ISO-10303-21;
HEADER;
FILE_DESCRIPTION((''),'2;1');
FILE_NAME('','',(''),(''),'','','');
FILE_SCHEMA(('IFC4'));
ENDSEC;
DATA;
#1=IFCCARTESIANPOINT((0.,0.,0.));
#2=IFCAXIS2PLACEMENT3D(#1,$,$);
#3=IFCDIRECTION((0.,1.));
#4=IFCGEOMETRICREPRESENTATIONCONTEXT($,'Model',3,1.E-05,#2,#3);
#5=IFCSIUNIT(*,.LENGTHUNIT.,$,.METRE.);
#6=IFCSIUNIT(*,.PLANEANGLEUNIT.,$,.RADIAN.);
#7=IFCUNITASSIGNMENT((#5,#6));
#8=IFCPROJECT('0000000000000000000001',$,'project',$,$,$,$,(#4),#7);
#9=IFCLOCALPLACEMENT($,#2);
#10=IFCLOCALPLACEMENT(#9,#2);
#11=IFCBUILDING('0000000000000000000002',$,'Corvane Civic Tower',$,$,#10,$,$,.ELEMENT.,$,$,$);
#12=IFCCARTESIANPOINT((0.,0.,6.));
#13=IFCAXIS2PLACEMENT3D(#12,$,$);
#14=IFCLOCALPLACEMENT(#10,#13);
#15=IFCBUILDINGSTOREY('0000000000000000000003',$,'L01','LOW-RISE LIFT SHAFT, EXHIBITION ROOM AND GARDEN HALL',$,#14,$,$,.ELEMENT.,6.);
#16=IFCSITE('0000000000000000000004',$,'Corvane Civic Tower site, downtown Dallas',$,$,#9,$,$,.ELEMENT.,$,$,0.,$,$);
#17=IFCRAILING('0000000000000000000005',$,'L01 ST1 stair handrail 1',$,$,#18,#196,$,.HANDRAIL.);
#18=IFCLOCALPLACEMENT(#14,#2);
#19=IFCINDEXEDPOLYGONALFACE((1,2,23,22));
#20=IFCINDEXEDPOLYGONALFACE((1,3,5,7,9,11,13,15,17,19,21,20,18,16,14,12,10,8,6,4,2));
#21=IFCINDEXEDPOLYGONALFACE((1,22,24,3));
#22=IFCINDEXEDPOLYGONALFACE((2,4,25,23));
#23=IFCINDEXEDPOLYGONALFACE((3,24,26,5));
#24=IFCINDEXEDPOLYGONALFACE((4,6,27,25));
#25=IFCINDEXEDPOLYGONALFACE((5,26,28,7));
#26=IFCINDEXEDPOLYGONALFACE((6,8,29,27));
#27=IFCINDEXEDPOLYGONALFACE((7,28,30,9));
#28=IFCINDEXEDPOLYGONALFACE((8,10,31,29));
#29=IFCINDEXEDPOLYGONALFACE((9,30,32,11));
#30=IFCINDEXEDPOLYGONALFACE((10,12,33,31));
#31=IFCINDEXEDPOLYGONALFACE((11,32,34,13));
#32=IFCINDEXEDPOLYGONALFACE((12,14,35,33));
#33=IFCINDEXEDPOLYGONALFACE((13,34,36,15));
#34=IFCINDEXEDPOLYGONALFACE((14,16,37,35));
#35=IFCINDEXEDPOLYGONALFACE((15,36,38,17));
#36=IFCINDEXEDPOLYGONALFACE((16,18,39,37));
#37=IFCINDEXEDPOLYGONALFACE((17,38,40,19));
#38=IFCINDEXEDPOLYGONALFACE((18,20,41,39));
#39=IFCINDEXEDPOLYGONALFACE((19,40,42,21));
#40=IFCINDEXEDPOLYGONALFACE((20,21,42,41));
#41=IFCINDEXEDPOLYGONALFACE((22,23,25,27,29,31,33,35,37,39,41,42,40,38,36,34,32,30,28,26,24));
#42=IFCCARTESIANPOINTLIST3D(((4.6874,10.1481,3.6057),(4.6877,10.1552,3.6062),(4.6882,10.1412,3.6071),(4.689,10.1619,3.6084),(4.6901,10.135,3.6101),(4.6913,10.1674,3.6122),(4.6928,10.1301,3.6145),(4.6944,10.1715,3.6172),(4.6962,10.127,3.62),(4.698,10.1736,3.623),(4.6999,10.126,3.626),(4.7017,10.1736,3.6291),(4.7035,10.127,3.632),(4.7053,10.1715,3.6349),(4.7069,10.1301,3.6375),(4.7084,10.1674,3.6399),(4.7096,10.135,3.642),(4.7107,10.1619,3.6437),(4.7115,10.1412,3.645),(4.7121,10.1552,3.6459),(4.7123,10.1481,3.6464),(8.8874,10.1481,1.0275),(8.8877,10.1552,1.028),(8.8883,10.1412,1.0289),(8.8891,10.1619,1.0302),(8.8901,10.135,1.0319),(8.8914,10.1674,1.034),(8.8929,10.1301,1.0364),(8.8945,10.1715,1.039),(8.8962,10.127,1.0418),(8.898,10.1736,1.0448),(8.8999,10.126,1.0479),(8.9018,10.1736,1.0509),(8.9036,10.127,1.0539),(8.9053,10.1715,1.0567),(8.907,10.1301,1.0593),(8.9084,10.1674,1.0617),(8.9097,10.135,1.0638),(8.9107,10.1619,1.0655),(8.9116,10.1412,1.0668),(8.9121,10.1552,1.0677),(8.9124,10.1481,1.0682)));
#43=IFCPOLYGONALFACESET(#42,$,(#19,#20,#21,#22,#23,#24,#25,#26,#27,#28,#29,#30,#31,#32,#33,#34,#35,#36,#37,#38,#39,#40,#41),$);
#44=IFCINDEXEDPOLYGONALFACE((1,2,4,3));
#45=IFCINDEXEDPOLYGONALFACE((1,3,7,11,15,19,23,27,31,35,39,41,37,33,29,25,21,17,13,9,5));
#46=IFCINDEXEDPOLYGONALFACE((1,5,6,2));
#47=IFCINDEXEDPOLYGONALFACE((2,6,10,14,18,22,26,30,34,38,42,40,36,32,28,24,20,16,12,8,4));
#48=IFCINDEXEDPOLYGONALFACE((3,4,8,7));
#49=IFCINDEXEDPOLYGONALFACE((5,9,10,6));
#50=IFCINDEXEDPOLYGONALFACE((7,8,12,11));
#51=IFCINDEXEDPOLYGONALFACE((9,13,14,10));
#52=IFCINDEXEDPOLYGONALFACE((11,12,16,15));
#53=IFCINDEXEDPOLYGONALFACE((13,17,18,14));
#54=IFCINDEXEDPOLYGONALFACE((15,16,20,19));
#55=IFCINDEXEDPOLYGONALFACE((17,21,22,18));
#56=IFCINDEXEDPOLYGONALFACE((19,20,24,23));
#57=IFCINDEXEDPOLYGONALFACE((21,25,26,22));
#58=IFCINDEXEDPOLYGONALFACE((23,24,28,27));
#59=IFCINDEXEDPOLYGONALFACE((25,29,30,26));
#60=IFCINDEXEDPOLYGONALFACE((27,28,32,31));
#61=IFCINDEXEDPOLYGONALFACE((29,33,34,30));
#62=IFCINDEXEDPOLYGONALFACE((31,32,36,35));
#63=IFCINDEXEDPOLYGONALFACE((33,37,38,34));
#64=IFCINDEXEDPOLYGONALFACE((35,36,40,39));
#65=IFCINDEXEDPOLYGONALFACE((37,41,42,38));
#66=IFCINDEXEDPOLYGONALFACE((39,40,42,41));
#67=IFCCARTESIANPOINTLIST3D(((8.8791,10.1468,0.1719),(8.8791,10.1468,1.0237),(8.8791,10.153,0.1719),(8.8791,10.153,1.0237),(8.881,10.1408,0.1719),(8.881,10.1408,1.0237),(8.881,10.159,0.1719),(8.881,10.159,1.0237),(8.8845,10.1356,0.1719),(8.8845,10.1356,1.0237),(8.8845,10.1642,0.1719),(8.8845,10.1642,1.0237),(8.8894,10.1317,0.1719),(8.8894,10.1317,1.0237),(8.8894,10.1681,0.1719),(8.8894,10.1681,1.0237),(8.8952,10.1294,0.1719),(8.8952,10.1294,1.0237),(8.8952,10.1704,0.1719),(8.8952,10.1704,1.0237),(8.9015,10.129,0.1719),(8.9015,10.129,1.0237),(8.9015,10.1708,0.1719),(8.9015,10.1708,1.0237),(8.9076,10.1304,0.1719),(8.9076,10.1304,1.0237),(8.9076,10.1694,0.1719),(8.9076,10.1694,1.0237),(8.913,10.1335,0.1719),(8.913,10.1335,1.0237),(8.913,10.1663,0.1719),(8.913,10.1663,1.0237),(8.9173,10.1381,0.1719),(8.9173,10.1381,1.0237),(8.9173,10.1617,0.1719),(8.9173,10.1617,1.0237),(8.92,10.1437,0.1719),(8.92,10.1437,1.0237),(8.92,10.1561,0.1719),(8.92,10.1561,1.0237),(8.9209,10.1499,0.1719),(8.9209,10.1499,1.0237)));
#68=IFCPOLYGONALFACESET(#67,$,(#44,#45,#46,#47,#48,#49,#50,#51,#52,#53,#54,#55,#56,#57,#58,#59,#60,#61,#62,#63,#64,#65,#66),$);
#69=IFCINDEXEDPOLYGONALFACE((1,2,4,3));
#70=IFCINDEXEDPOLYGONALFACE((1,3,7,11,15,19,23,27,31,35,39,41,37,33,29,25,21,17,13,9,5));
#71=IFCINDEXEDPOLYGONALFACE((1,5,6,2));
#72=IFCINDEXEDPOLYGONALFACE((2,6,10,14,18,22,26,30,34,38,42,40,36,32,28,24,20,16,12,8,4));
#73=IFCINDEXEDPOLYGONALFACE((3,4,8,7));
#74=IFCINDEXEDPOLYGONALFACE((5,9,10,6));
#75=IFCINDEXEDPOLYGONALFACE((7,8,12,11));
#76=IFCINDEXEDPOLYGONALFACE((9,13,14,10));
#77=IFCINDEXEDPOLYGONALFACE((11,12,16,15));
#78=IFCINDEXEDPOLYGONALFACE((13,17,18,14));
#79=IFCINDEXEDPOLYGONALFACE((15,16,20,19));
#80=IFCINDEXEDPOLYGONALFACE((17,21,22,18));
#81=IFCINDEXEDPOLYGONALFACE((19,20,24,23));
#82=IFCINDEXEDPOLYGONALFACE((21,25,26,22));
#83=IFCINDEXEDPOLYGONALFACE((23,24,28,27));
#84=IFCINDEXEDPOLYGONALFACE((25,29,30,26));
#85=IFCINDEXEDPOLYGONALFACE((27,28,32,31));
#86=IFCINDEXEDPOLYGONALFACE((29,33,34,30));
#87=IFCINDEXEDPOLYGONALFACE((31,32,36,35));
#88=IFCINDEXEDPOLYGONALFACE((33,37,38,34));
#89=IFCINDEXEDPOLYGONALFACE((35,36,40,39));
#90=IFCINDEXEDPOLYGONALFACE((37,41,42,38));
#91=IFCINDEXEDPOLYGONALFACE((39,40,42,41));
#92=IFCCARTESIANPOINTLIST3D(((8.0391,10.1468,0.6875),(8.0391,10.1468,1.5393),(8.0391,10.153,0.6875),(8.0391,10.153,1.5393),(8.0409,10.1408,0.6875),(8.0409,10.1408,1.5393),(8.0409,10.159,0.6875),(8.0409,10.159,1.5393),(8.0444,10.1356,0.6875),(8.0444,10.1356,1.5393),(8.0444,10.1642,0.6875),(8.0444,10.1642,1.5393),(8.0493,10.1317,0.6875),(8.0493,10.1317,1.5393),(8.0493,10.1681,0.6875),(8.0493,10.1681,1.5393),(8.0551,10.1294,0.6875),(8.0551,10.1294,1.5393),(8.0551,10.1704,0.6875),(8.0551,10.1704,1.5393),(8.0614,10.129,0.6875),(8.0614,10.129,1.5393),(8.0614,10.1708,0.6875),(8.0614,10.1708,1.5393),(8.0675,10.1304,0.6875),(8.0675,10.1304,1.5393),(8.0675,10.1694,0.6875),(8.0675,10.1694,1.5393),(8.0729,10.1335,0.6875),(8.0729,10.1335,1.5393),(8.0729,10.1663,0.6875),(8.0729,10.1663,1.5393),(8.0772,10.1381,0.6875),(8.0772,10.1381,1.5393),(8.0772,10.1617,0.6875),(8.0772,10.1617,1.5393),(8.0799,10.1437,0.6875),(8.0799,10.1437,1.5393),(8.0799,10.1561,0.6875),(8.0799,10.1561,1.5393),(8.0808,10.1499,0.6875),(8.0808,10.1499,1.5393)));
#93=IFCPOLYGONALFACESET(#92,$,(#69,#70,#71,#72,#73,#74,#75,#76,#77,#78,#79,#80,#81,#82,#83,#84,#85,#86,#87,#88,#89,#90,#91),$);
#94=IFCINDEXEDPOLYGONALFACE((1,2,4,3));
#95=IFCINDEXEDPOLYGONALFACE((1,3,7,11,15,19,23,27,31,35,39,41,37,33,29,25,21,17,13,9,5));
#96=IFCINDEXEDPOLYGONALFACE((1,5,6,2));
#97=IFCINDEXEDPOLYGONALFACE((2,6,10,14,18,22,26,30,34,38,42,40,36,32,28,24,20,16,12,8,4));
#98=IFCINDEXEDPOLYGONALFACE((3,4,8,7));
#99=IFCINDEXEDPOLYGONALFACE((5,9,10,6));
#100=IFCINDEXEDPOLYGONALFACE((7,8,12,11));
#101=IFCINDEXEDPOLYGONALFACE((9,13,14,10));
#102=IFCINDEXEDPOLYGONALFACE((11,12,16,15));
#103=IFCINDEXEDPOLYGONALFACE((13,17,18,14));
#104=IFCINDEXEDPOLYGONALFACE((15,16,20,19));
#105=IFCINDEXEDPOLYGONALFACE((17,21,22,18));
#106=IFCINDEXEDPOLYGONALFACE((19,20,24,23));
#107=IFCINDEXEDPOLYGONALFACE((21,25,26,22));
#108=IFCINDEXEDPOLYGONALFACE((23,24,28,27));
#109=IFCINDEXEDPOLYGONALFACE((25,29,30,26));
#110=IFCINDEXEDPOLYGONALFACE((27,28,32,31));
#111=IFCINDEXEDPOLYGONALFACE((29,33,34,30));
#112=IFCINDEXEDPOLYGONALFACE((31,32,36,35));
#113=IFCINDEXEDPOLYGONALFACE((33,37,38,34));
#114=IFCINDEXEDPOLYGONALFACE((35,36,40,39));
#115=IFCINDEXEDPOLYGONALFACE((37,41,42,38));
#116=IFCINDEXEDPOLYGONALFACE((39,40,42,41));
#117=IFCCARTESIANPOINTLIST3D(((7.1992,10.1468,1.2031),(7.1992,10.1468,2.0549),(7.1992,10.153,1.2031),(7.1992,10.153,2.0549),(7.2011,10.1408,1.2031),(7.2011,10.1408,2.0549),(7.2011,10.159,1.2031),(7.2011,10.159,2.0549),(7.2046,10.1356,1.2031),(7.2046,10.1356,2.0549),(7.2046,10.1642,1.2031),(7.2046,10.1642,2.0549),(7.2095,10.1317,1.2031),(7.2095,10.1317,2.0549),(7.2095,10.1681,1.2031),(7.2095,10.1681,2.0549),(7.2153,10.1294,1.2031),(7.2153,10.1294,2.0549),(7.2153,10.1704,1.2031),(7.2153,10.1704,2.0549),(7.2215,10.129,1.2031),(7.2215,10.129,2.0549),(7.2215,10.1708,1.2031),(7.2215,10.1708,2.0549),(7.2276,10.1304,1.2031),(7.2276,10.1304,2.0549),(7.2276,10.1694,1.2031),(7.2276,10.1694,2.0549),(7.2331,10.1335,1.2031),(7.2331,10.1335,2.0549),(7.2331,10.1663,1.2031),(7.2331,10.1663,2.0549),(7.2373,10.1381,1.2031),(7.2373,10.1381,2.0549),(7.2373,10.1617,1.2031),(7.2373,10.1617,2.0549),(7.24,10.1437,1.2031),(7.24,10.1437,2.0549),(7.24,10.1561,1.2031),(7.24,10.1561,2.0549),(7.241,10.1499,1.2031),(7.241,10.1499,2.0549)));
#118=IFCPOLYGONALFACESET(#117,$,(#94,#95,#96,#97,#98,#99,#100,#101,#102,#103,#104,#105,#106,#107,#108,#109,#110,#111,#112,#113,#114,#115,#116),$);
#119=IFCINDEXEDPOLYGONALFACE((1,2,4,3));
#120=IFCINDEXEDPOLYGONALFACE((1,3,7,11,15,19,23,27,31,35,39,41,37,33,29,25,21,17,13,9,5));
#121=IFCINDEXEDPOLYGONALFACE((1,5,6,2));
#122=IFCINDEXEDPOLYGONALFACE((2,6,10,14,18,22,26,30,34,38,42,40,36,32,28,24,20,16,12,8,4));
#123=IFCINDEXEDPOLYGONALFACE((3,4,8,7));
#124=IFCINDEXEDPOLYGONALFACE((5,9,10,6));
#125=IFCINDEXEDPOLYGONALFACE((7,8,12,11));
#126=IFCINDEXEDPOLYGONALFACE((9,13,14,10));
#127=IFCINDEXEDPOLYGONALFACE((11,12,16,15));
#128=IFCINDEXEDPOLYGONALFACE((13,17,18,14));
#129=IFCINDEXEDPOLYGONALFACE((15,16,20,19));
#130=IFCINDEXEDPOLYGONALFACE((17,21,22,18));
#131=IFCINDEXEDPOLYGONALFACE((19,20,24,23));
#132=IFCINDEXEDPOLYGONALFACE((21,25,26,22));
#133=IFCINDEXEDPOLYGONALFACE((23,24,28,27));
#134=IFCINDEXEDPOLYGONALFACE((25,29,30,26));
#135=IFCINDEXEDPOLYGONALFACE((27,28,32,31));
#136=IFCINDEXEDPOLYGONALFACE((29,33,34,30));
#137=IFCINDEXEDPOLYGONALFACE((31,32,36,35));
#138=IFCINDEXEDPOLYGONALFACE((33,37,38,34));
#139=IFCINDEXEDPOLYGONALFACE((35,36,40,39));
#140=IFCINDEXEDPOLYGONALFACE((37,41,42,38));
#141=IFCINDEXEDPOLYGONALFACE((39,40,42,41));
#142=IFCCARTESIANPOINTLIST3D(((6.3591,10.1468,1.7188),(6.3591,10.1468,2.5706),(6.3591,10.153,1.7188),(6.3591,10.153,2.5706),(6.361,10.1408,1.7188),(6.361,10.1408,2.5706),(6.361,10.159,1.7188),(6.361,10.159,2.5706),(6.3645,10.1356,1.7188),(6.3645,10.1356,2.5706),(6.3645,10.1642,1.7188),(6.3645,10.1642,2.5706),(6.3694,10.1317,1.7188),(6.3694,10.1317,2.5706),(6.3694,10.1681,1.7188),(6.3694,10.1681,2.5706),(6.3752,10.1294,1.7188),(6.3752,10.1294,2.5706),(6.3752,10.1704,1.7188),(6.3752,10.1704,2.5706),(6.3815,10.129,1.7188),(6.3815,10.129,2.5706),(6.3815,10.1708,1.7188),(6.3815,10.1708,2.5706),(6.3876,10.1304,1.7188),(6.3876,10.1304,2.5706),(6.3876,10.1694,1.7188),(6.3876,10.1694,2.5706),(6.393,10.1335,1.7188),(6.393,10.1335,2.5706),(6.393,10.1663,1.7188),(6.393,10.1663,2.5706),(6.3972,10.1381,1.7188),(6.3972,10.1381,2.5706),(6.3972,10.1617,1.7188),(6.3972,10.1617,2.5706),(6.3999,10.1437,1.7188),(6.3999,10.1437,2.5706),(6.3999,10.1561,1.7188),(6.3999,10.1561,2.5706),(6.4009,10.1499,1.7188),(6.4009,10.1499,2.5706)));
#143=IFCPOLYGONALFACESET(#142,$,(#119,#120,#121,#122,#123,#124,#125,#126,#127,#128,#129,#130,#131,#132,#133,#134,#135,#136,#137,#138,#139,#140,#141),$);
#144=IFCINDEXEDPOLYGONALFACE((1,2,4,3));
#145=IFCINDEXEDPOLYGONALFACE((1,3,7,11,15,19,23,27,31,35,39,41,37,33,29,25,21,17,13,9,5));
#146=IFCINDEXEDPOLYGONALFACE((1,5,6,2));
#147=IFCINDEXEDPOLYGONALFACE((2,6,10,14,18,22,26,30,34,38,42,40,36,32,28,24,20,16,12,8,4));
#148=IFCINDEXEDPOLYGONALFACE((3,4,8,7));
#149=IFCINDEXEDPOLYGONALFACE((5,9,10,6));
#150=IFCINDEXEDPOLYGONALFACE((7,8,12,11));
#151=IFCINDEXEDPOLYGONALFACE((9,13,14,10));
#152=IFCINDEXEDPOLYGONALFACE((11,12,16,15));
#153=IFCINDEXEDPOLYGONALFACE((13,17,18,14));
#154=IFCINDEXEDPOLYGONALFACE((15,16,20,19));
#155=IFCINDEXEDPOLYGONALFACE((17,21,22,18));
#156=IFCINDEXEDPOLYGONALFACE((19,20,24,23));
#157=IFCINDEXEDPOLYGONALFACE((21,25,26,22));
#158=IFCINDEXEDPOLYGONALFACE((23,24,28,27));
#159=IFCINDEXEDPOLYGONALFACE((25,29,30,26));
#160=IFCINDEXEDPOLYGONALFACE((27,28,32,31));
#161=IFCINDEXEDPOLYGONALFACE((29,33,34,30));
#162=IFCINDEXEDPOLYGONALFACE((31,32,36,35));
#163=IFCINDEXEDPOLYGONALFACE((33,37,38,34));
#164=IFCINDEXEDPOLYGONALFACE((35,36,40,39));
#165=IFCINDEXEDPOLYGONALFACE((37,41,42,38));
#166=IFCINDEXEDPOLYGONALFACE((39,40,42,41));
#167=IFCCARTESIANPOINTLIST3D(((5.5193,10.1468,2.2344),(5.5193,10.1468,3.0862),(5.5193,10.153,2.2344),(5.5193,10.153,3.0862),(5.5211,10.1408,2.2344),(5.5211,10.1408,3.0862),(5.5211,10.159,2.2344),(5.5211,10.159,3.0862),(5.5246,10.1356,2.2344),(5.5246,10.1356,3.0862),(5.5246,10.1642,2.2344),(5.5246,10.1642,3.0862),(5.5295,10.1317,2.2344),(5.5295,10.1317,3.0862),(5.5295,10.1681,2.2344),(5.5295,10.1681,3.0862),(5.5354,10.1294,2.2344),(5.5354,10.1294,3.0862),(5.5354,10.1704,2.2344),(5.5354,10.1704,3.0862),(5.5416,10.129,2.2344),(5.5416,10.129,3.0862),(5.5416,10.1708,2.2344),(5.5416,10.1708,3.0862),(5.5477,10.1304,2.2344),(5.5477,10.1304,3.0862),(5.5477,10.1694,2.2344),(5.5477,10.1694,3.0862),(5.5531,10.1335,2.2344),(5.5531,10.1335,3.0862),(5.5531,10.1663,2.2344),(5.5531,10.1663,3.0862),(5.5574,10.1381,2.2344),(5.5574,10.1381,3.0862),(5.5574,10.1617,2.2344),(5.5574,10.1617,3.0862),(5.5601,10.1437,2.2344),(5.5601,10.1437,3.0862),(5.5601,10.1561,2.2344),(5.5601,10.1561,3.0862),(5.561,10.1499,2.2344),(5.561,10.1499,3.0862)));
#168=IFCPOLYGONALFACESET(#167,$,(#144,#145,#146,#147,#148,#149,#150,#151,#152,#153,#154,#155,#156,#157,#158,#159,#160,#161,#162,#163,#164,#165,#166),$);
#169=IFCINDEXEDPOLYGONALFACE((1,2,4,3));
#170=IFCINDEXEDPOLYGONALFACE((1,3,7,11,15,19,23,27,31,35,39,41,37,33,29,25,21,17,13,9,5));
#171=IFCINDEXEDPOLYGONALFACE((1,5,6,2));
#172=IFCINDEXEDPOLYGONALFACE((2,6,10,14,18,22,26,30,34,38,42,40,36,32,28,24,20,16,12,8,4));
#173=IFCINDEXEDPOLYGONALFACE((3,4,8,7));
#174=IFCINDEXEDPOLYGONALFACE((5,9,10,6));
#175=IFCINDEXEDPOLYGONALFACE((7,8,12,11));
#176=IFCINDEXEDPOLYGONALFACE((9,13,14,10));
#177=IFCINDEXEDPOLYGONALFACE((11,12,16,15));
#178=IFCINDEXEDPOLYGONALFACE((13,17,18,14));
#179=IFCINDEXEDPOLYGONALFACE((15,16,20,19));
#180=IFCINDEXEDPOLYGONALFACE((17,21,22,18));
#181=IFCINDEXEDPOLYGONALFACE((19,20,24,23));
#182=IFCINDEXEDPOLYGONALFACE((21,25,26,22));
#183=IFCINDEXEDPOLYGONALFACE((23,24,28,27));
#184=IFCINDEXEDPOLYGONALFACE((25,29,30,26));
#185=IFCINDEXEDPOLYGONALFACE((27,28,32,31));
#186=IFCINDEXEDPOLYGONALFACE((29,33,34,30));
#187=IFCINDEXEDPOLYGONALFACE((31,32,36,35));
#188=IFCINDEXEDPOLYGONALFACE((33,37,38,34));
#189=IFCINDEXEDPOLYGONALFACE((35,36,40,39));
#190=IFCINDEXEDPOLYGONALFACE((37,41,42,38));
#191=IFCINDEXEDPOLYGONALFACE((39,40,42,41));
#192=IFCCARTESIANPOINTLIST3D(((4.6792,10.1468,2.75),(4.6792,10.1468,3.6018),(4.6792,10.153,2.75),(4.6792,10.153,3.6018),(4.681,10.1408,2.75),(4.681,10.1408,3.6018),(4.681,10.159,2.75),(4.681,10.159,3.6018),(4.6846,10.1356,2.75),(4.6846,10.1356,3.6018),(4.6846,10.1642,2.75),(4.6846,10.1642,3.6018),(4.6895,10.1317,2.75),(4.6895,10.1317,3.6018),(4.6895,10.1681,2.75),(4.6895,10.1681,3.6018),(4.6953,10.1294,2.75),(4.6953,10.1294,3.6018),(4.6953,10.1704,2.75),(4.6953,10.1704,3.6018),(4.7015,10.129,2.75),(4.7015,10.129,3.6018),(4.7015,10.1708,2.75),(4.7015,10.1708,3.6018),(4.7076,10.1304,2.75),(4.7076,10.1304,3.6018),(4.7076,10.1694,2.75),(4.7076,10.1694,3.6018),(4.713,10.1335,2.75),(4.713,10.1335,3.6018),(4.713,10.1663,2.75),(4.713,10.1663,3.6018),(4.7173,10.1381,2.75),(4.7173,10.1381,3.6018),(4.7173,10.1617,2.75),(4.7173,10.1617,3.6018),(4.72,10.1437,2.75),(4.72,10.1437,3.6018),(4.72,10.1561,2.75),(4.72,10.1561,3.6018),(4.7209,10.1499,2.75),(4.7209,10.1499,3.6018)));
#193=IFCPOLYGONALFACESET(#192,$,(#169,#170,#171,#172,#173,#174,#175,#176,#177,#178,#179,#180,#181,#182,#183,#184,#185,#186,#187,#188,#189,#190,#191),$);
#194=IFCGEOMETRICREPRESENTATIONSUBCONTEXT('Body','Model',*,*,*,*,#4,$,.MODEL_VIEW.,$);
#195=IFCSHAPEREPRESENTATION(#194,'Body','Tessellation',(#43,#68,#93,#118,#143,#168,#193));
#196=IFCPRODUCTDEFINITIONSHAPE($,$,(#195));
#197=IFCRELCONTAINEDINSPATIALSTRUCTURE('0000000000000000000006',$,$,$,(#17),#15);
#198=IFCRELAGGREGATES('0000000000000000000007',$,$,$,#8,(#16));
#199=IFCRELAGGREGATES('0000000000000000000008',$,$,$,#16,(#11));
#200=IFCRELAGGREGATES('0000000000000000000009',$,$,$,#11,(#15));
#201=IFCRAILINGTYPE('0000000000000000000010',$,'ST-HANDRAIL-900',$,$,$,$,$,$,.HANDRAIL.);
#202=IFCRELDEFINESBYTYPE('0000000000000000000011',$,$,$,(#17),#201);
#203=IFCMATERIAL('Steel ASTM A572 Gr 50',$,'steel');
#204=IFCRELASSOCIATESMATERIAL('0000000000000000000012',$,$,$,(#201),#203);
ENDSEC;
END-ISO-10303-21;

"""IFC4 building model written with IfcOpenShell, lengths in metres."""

from ifc_helpers import new_model, si_unit, direction, frame, origin, origin_2d, place, context, subcontext, project, spatial, circle, extrude, material, type_object, element, save


model = new_model("IFC4")

# Units and contexts
model_context = context("Model", 3, precision=1e-05, world=origin(), true_north=direction((0.0, 1.0)))
body_context = subcontext(model_context, "Body", "Model", "MODEL_VIEW")
ifc_project = project(units=[si_unit("LENGTHUNIT", "METRE"), si_unit("PLANEANGLEUNIT", "RADIAN")], contexts=[model_context])

# Site, building, storey
site_placement = place(None, origin())
site = spatial("IfcSite", under=ifc_project, at=site_placement, Name="Corvane Civic Tower site, downtown Dallas", CompositionType="ELEMENT", RefElevation=0.0)
building_placement = place(site_placement, origin())
building = spatial("IfcBuilding", under=site, at=building_placement, Name="Corvane Civic Tower", CompositionType="ELEMENT")
storey_placement = place(building_placement, frame((0.0, 0.0, 6.0)))
storey = spatial("IfcBuildingStorey", under=building, at=storey_placement, Name="L01", Description="LOW-RISE LIFT SHAFT, EXHIBITION ROOM AND GARDEN HALL", CompositionType="ELEMENT", Elevation=6.0)

# Railing
ifc_material_1 = material(Name="Steel ASTM A572 Gr 50", Category="steel")
railing_type_1 = type_object("IfcRailingType", Name="ST-HANDRAIL-900", PredefinedType="HANDRAIL", material=ifc_material_1)
railing_1_placement = place(storey_placement, frame((8.8999, 10.1499, 0.1719)))
element("IfcRailing", 1, at=railing_1_placement, inside=storey, type_object=railing_type_1, Name="L01 ST1 stair handrail 1", PredefinedType="HANDRAIL", context=body_context, shape_type="SweptSolid", body=[
    extrude(circle(Radius=0.0239, at=origin_2d()), frame((0.0, 0.0, 0.876), z_axis=(-0.852243, 0.0, 0.523146), x_axis=(0.0, -1.0, 0.0)), (0.0, 0.0, 1.0), 4.9282),
    extrude(circle(Radius=0.021, at=origin_2d()), origin(), (0.0, 0.0, 1.0), 0.8518),
    extrude(circle(Radius=0.021, at=origin_2d()), frame((-0.8401, 0.0, 0.5156)), (0.0, 0.0, 1.0), 0.8518),
    extrude(circle(Radius=0.021, at=origin_2d()), frame((-1.6799, 0.0, 1.0312)), (0.0, 0.0, 1.0), 0.8518),
    extrude(circle(Radius=0.021, at=origin_2d()), frame((-2.52, 0.0, 1.5469)), (0.0, 0.0, 1.0), 0.8518),
    extrude(circle(Radius=0.021, at=origin_2d()), frame((-3.3599, 0.0, 2.0625)), (0.0, 0.0, 1.0), 0.8518),
    extrude(circle(Radius=0.021, at=origin_2d()), frame((-4.2, 0.0, 2.5781)), (0.0, 0.0, 1.0), 0.8518),
])

save(model, "model.ifc")
